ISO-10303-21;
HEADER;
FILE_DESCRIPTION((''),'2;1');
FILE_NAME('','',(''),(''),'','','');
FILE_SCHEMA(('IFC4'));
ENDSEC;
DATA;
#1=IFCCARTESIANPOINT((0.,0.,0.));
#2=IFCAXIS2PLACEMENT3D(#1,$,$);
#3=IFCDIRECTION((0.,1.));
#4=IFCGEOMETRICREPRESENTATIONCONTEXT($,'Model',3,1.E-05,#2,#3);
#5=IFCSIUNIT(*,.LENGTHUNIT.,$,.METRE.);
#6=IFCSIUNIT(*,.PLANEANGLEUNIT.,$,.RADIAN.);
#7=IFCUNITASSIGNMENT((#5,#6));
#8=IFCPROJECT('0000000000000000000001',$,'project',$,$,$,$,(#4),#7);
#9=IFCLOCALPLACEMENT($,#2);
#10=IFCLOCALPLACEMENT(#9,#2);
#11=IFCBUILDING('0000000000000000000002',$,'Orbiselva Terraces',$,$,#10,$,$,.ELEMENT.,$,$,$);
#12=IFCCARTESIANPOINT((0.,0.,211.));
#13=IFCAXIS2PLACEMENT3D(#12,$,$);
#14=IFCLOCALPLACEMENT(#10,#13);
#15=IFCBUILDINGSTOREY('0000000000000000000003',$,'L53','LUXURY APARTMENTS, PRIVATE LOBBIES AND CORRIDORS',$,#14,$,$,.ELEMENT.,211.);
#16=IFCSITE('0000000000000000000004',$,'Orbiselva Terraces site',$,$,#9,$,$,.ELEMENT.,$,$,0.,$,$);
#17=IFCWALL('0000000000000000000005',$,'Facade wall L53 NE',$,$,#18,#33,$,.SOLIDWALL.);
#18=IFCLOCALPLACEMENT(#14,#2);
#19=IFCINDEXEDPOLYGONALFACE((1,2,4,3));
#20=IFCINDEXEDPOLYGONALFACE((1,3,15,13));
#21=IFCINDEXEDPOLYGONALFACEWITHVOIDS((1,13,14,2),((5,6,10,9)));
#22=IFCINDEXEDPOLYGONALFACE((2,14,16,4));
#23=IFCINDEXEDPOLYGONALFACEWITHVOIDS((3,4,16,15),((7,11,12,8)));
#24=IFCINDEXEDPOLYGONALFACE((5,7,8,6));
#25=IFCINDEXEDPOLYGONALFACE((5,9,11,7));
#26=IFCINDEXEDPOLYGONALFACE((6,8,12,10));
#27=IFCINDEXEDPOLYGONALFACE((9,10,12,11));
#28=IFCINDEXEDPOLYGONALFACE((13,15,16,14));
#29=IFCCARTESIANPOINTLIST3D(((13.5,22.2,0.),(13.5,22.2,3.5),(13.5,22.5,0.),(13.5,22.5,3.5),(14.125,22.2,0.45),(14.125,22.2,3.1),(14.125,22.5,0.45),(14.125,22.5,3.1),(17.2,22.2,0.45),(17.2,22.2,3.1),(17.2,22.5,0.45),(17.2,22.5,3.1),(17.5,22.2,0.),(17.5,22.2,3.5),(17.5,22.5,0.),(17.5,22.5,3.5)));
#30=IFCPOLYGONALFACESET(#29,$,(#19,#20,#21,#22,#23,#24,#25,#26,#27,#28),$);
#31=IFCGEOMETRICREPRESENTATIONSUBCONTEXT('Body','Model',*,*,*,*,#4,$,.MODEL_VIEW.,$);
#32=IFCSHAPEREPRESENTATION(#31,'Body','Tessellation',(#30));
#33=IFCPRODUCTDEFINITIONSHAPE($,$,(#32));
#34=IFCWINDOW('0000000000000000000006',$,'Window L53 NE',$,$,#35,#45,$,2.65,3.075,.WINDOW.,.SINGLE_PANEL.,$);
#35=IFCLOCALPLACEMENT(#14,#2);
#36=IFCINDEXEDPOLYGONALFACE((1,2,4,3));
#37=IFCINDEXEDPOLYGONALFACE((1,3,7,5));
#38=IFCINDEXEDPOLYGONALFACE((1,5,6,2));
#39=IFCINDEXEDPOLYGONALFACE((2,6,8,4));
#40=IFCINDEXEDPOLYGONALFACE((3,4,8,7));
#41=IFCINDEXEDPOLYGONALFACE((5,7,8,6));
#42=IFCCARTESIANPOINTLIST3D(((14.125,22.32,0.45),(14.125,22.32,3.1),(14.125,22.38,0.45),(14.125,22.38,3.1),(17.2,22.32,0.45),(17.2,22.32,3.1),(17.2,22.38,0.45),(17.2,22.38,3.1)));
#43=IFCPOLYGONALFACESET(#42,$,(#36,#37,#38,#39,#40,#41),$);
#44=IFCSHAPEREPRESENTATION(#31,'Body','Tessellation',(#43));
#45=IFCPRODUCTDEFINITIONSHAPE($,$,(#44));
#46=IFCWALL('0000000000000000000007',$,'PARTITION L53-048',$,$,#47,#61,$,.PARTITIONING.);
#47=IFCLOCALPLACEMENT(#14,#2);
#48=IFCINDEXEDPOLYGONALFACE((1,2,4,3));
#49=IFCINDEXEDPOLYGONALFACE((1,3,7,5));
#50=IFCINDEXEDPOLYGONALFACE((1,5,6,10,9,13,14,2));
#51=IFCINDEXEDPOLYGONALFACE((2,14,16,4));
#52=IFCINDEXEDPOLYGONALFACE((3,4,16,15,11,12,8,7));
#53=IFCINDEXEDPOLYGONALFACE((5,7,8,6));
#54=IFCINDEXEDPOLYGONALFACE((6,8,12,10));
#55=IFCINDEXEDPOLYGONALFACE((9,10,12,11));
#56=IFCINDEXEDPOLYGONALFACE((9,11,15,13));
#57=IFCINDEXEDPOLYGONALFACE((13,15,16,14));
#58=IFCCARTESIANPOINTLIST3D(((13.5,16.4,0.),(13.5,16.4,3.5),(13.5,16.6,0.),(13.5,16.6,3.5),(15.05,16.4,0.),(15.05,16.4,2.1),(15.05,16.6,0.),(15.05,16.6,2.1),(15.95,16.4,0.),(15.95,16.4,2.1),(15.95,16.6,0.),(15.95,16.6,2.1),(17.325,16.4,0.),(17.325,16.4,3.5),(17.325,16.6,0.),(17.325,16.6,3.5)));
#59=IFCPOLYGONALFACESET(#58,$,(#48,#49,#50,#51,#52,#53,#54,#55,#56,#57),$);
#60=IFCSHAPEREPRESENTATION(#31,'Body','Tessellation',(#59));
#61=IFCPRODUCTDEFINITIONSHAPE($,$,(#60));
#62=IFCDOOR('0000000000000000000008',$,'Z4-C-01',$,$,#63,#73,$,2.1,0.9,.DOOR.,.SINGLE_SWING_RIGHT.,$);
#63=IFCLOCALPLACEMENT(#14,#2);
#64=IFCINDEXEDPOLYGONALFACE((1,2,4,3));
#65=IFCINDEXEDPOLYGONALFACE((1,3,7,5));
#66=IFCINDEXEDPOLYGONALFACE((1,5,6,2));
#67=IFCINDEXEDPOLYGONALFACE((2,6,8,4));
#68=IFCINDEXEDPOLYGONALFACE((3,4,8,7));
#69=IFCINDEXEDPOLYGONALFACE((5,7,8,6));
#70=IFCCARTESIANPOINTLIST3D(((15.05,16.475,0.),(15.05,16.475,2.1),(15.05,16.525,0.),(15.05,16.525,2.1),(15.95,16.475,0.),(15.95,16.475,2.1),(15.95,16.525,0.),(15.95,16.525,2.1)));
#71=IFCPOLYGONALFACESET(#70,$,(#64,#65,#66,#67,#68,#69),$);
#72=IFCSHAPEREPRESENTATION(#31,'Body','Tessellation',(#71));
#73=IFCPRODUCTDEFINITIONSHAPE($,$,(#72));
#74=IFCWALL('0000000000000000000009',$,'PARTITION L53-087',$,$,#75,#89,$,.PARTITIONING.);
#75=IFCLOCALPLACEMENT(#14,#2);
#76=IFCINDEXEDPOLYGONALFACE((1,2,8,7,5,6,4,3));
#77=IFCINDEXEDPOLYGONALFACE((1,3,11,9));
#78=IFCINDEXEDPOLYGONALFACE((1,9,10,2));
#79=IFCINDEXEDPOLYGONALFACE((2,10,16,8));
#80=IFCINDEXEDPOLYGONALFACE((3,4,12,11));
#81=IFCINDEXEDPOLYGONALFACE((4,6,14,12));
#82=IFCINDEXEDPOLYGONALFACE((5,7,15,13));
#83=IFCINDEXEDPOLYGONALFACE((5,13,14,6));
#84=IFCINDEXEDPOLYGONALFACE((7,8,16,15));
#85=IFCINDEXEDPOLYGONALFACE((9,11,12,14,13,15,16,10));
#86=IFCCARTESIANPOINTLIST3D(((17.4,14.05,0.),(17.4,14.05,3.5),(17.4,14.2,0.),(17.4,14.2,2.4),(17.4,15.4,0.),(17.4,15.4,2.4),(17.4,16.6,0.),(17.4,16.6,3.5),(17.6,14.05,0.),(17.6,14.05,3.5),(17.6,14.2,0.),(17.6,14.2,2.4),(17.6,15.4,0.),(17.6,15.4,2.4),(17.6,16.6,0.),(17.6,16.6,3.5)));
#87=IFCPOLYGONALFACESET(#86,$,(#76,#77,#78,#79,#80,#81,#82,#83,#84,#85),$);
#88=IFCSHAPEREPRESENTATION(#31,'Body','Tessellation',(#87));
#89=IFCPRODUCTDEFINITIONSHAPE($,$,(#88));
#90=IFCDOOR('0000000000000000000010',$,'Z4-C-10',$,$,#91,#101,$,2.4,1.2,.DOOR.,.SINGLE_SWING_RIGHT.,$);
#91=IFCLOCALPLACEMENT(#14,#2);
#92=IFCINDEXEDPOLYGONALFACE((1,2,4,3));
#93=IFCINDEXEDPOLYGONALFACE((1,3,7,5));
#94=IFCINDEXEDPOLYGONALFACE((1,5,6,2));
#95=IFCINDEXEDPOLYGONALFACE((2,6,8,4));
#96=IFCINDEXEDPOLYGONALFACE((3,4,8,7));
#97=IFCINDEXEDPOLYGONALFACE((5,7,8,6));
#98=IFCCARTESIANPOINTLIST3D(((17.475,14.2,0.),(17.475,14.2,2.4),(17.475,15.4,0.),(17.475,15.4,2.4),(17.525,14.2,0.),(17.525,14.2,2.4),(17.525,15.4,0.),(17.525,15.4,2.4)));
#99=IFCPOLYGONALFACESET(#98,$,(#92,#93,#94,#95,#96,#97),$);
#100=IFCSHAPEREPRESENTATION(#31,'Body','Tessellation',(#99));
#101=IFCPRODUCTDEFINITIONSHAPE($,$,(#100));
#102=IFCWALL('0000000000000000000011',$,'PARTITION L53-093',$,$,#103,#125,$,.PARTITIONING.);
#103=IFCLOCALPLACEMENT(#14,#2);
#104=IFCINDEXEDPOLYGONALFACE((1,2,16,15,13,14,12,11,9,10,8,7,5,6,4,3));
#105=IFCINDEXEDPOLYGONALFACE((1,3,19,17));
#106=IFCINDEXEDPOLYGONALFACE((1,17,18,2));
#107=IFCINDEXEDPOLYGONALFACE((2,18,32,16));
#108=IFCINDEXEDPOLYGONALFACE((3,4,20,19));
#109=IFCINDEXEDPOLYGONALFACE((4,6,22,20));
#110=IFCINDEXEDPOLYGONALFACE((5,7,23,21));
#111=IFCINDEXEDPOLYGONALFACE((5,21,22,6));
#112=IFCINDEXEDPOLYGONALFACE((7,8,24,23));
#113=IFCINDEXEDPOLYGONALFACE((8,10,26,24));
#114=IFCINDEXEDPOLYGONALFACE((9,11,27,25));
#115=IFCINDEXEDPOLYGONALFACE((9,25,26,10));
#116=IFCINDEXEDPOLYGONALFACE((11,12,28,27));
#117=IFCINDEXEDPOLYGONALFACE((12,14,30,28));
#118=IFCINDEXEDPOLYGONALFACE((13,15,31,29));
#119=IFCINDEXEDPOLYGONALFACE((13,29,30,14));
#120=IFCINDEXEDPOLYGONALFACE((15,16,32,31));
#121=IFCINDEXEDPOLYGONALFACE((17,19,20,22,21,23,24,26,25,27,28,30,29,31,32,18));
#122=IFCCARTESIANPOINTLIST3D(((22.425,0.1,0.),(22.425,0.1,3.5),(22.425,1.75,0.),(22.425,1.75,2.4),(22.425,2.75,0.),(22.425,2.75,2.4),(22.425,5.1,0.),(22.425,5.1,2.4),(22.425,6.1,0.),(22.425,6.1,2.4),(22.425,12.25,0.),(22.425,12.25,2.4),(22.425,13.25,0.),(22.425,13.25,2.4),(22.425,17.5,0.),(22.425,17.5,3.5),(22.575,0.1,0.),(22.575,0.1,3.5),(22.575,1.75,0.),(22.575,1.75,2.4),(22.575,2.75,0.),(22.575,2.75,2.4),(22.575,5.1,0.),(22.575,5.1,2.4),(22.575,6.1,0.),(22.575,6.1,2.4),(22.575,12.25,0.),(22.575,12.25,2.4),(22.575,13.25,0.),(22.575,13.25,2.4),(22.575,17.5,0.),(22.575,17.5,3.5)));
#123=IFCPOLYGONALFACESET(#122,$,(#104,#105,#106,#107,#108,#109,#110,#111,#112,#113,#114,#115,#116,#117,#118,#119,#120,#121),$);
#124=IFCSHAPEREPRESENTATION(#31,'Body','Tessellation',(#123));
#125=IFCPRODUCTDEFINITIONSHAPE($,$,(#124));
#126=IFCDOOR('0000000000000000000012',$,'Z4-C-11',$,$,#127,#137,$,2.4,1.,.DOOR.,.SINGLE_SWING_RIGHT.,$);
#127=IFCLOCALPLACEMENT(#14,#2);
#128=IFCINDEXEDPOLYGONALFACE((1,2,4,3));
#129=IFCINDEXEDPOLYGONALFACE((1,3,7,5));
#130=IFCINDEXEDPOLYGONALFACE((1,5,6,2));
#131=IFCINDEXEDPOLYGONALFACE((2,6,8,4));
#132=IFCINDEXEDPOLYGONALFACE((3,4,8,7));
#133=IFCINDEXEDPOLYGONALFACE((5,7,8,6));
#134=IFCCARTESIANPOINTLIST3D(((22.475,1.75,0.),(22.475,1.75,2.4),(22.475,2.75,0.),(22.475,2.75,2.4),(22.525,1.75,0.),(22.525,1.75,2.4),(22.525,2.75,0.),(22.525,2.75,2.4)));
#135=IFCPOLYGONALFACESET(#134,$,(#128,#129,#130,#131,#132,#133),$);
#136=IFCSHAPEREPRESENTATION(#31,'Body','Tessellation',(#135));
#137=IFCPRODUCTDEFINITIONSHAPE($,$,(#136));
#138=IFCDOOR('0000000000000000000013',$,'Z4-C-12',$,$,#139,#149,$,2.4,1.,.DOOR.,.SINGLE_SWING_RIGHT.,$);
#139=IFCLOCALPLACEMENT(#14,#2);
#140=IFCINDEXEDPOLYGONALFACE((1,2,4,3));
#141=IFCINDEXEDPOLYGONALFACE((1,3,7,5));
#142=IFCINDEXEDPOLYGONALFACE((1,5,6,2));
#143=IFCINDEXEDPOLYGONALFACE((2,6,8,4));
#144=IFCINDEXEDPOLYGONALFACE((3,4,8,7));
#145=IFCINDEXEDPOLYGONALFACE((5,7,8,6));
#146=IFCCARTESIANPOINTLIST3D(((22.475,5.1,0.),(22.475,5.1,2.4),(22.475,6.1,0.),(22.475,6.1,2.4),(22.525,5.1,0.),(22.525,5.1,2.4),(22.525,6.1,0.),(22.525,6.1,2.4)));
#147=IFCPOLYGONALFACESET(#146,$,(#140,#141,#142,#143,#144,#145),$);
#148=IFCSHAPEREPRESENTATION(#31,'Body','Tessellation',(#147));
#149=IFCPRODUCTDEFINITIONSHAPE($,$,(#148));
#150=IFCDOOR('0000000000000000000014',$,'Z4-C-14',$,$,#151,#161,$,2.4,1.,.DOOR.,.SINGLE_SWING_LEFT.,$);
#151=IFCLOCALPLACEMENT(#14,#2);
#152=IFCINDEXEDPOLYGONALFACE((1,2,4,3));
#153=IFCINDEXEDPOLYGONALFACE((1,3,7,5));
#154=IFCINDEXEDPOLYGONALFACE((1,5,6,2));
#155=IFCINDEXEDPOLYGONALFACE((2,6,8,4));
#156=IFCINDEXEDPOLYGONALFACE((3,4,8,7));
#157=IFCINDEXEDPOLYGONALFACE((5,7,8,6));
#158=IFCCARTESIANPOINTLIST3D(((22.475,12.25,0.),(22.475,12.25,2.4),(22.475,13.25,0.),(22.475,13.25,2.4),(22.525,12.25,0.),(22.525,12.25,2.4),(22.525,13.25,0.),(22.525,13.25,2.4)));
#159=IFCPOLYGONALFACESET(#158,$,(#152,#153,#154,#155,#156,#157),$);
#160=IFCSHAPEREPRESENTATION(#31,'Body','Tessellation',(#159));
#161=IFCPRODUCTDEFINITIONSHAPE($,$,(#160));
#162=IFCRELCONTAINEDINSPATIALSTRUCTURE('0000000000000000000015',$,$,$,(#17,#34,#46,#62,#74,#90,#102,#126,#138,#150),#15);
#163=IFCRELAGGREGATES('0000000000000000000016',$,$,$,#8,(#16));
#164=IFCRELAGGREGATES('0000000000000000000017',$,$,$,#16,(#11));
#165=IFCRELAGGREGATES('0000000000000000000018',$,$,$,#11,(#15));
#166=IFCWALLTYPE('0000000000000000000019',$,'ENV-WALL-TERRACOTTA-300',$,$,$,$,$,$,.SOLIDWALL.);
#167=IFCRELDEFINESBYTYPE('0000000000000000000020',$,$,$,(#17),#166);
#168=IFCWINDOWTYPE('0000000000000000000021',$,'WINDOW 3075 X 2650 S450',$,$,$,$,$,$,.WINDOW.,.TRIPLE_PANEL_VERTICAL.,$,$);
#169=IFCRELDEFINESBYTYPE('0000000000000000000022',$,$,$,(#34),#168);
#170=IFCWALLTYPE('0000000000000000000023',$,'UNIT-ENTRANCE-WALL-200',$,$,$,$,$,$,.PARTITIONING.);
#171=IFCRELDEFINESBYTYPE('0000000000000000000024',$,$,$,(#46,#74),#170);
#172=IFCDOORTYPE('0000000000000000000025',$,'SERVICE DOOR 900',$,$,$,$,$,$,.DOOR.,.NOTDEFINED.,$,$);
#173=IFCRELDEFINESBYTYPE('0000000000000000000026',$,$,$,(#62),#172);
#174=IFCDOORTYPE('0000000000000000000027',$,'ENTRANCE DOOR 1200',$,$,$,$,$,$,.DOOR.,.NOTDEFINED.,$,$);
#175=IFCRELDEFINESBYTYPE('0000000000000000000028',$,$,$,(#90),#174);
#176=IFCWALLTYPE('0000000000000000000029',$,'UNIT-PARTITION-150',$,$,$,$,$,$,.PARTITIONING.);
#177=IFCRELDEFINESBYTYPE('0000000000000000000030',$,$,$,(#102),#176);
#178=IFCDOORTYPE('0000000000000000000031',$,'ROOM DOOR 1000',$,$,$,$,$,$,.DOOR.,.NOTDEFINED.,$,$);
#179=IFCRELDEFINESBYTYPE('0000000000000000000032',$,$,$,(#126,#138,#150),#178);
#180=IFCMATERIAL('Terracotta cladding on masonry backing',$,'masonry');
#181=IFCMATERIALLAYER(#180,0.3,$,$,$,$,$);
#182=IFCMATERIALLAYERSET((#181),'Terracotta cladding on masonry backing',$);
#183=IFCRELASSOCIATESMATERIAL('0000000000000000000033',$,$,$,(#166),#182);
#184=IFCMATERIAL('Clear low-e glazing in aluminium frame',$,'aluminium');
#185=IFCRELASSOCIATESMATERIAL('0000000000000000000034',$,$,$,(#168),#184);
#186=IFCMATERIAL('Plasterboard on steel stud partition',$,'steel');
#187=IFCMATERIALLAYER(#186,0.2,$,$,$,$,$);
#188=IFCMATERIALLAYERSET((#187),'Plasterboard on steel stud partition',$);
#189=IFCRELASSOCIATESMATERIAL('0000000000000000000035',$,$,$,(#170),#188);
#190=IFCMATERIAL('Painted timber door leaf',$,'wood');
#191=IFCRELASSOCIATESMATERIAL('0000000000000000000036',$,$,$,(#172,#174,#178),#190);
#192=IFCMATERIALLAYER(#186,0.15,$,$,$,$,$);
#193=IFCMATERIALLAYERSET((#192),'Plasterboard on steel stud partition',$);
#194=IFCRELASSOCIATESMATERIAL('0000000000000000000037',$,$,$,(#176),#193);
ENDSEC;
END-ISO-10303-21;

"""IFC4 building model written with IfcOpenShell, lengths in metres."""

from ifc_helpers import new_model, si_unit, direction, frame, frame_2d, origin, place, context, subcontext, project, spatial, rectangle, extrude, material, layer, layer_set, type_object, element, fill, save


model = new_model("IFC4")

# Units and contexts
model_context = context("Model", 3, precision=1e-05, world=origin(), true_north=direction((0.0, 1.0)))
body_context = subcontext(model_context, "Body", "Model", "MODEL_VIEW")
ifc_project = project(units=[si_unit("LENGTHUNIT", "METRE"), si_unit("PLANEANGLEUNIT", "RADIAN")], contexts=[model_context])

# Site, building, storey
site_placement = place(None, origin())
site = spatial("IfcSite", under=ifc_project, at=site_placement, Name="Orbiselva Terraces site", CompositionType="ELEMENT", RefElevation=0.0)
building_placement = place(site_placement, origin())
building = spatial("IfcBuilding", under=site, at=building_placement, Name="Orbiselva Terraces", CompositionType="ELEMENT")
storey_placement = place(building_placement, frame((0.0, 0.0, 211.0)))
storey = spatial("IfcBuildingStorey", under=building, at=storey_placement, Name="L53", Description="LUXURY APARTMENTS, PRIVATE LOBBIES AND CORRIDORS", CompositionType="ELEMENT", Elevation=211.0)

# Shared definitions
ifc_material_1 = material(Name="Terracotta cladding on masonry backing", Category="masonry")
ifc_layer_1 = layer(ifc_material_1, 0.3)
ifc_layer_set_1 = layer_set([ifc_layer_1], Name="Terracotta cladding on masonry backing")
wall_type_1 = type_object("IfcWallType", Name="ENV-WALL-TERRACOTTA-300", PredefinedType="SOLIDWALL", material=ifc_layer_set_1)
ifc_material_2 = material(Name="Clear low-e glazing in aluminium frame", Category="aluminium")

# Wall, opening, window
wall_1_placement = place(storey_placement, frame((13.5, 22.35, 0.0), z_axis=(0.0, 0.0, 1.0), x_axis=(1.0, 0.0, 0.0)))
wall_1 = element("IfcWall", 1, at=wall_1_placement, inside=storey, type_object=wall_type_1, Name="Facade wall L53 NE", PredefinedType="SOLIDWALL", context=body_context, shape_type="SweptSolid", body=[
    extrude(rectangle(XDim=4.0, YDim=0.3, at=frame_2d((2.0, 0.0))), origin(), (0.0, 0.0, 1.0), 3.5),
])
opening_1_placement = place(wall_1_placement, frame((0.625, 0.0, 0.45)))
opening_1 = element("IfcOpeningElement", 2, at=opening_1_placement, cuts=wall_1, PredefinedType="OPENING", context=body_context, shape_type="SweptSolid", body=[
    extrude(rectangle(XDim=3.075, YDim=2.65, at=frame_2d((1.5375, 1.325))), frame((0.0, 0.16, 0.0), z_axis=(0.0, -1.0, 0.0), x_axis=(1.0, 0.0, 0.0)), (0.0, 0.0, 1.0), 0.32),
])
window_type = type_object("IfcWindowType", Name="WINDOW 3075 X 2650 S450", PartitioningType="TRIPLE_PANEL_VERTICAL", PredefinedType="WINDOW", material=ifc_material_2)
window_placement = place(opening_1_placement, origin())
window = element("IfcWindow", 3, at=window_placement, inside=storey, type_object=window_type, Name="Window L53 NE", OverallHeight=2.65, OverallWidth=3.075, PartitioningType="SINGLE_PANEL", PredefinedType="WINDOW", context=body_context, shape_type="SweptSolid", body=[
    extrude(rectangle(XDim=3.075, YDim=2.65, at=frame_2d((1.5375, 1.325))), frame((0.0, 0.03, 0.0), z_axis=(0.0, -1.0, 0.0), x_axis=(1.0, 0.0, 0.0)), (0.0, 0.0, 1.0), 0.06),
])
fill(opening_1, window)

# Walls, openings, doors
ifc_material_3 = material(Name="Plasterboard on steel stud partition", Category="steel")
ifc_layer_2 = layer(ifc_material_3, 0.2)
ifc_layer_set_2 = layer_set([ifc_layer_2], Name="Plasterboard on steel stud partition")
wall_type_2 = type_object("IfcWallType", Name="UNIT-ENTRANCE-WALL-200", PredefinedType="PARTITIONING", material=ifc_layer_set_2)
wall_2_placement = place(storey_placement, frame((13.5, 16.5, 0.0), z_axis=(0.0, 0.0, 1.0), x_axis=(1.0, 0.0, 0.0)))
wall_2 = element("IfcWall", 4, at=wall_2_placement, inside=storey, type_object=wall_type_2, Name="PARTITION L53-048", PredefinedType="PARTITIONING", context=body_context, shape_type="SweptSolid", body=[
    extrude(rectangle(XDim=3.825, YDim=0.2, at=frame_2d((1.9125, 0.0))), origin(), (0.0, 0.0, 1.0), 3.5),
])
opening_2_placement = place(wall_2_placement, frame((1.55, 0.0, 0.0)))
opening_2 = element("IfcOpeningElement", 5, at=opening_2_placement, cuts=wall_2, PredefinedType="OPENING", context=body_context, shape_type="SweptSolid", body=[
    extrude(rectangle(XDim=0.9, YDim=2.1, at=frame_2d((0.45, 1.05))), frame((0.0, 0.11, 0.0), z_axis=(0.0, -1.0, 0.0), x_axis=(1.0, 0.0, 0.0)), (0.0, 0.0, 1.0), 0.22),
])
ifc_material_4 = material(Name="Painted timber door leaf", Category="wood")
door_type_1 = type_object("IfcDoorType", Name="SERVICE DOOR 900", OperationType="NOTDEFINED", PredefinedType="DOOR", material=ifc_material_4)
door_1_placement = place(opening_2_placement, origin())
door_1 = element("IfcDoor", 6, at=door_1_placement, inside=storey, type_object=door_type_1, Name="Z4-C-01", OperationType="SINGLE_SWING_RIGHT", OverallHeight=2.1, OverallWidth=0.9, PredefinedType="DOOR", context=body_context, shape_type="SweptSolid", body=[
    extrude(rectangle(XDim=0.9, YDim=2.1, at=frame_2d((0.45, 1.05))), frame((0.0, 0.025, 0.0), z_axis=(0.0, -1.0, 0.0), x_axis=(1.0, 0.0, 0.0)), (0.0, 0.0, 1.0), 0.05),
])
fill(opening_2, door_1)
wall_3_placement = place(storey_placement, frame((17.5, 16.6, 0.0), z_axis=(0.0, 0.0, 1.0), x_axis=(0.0, -1.0, 0.0)))
wall_3 = element("IfcWall", 7, at=wall_3_placement, inside=storey, type_object=wall_type_2, Name="PARTITION L53-087", PredefinedType="PARTITIONING", context=body_context, shape_type="SweptSolid", body=[
    extrude(rectangle(XDim=2.55, YDim=0.2, at=frame_2d((1.275, 0.0))), origin(), (0.0, 0.0, 1.0), 3.5),
])
opening_3_placement = place(wall_3_placement, frame((1.2, 0.0, 0.0)))
opening_3 = element("IfcOpeningElement", 8, at=opening_3_placement, cuts=wall_3, PredefinedType="OPENING", context=body_context, shape_type="SweptSolid", body=[
    extrude(rectangle(XDim=1.2, YDim=2.4, at=frame_2d((0.6, 1.2))), frame((0.0, 0.11, 0.0), z_axis=(0.0, -1.0, 0.0), x_axis=(1.0, 0.0, 0.0)), (0.0, 0.0, 1.0), 0.22),
])
door_type_2 = type_object("IfcDoorType", Name="ENTRANCE DOOR 1200", OperationType="NOTDEFINED", PredefinedType="DOOR", material=ifc_material_4)
door_2_placement = place(opening_3_placement, origin())
door_2 = element("IfcDoor", 9, at=door_2_placement, inside=storey, type_object=door_type_2, Name="Z4-C-10", OperationType="SINGLE_SWING_RIGHT", OverallHeight=2.4, OverallWidth=1.2, PredefinedType="DOOR", context=body_context, shape_type="SweptSolid", body=[
    extrude(rectangle(XDim=1.2, YDim=2.4, at=frame_2d((0.6, 1.2))), frame((0.0, 0.025, 0.0), z_axis=(0.0, -1.0, 0.0), x_axis=(1.0, 0.0, 0.0)), (0.0, 0.0, 1.0), 0.05),
])
fill(opening_3, door_2)

# Wall, openings, doors
ifc_layer_3 = layer(ifc_material_3, 0.15)
ifc_layer_set_3 = layer_set([ifc_layer_3], Name="Plasterboard on steel stud partition")
wall_type_3 = type_object("IfcWallType", Name="UNIT-PARTITION-150", PredefinedType="PARTITIONING", material=ifc_layer_set_3)
wall_4_placement = place(storey_placement, frame((22.5, 17.5, 0.0), z_axis=(0.0, 0.0, 1.0), x_axis=(0.0, -1.0, 0.0)))
wall_4 = element("IfcWall", 10, at=wall_4_placement, inside=storey, type_object=wall_type_3, Name="PARTITION L53-093", PredefinedType="PARTITIONING", context=body_context, shape_type="SweptSolid", body=[
    extrude(rectangle(XDim=17.4, YDim=0.15, at=frame_2d((8.7, 0.0))), origin(), (0.0, 0.0, 1.0), 3.5),
])
opening_4_placement = place(wall_4_placement, frame((14.75, 0.0, 0.0)))
opening_4 = element("IfcOpeningElement", 11, at=opening_4_placement, cuts=wall_4, PredefinedType="OPENING", context=body_context, shape_type="SweptSolid", body=[
    extrude(rectangle(XDim=1.0, YDim=2.4, at=frame_2d((0.5, 1.2))), frame((0.0, 0.085, 0.0), z_axis=(0.0, -1.0, 0.0), x_axis=(1.0, 0.0, 0.0)), (0.0, 0.0, 1.0), 0.17),
])
opening_5_placement = place(wall_4_placement, frame((11.4, 0.0, 0.0)))
opening_5 = element("IfcOpeningElement", 12, at=opening_5_placement, cuts=wall_4, PredefinedType="OPENING", context=body_context, shape_type="SweptSolid", body=[
    extrude(rectangle(XDim=1.0, YDim=2.4, at=frame_2d((0.5, 1.2))), frame((0.0, 0.085, 0.0), z_axis=(0.0, -1.0, 0.0), x_axis=(1.0, 0.0, 0.0)), (0.0, 0.0, 1.0), 0.17),
])
opening_6_placement = place(wall_4_placement, frame((4.25, 0.0, 0.0)))
opening_6 = element("IfcOpeningElement", 13, at=opening_6_placement, cuts=wall_4, PredefinedType="OPENING", context=body_context, shape_type="SweptSolid", body=[
    extrude(rectangle(XDim=1.0, YDim=2.4, at=frame_2d((0.5, 1.2))), frame((0.0, 0.085, 0.0), z_axis=(0.0, -1.0, 0.0), x_axis=(1.0, 0.0, 0.0)), (0.0, 0.0, 1.0), 0.17),
])
door_type_3 = type_object("IfcDoorType", Name="ROOM DOOR 1000", OperationType="NOTDEFINED", PredefinedType="DOOR", material=ifc_material_4)
door_3_placement = place(opening_4_placement, origin())
door_3 = element("IfcDoor", 14, at=door_3_placement, inside=storey, type_object=door_type_3, Name="Z4-C-11", OperationType="SINGLE_SWING_RIGHT", OverallHeight=2.4, OverallWidth=1.0, PredefinedType="DOOR", context=body_context, shape_type="SweptSolid", body=[
    extrude(rectangle(XDim=1.0, YDim=2.4, at=frame_2d((0.5, 1.2))), frame((0.0, 0.025, 0.0), z_axis=(0.0, -1.0, 0.0), x_axis=(1.0, 0.0, 0.0)), (0.0, 0.0, 1.0), 0.05),
])
fill(opening_4, door_3)
door_4_placement = place(opening_5_placement, origin())
door_4 = element("IfcDoor", 15, at=door_4_placement, inside=storey, type_object=door_type_3, Name="Z4-C-12", OperationType="SINGLE_SWING_RIGHT", OverallHeight=2.4, OverallWidth=1.0, PredefinedType="DOOR", context=body_context, shape_type="SweptSolid", body=[
    extrude(rectangle(XDim=1.0, YDim=2.4, at=frame_2d((0.5, 1.2))), frame((0.0, 0.025, 0.0), z_axis=(0.0, -1.0, 0.0), x_axis=(1.0, 0.0, 0.0)), (0.0, 0.0, 1.0), 0.05),
])
fill(opening_5, door_4)
door_5_placement = place(opening_6_placement, origin())
door_5 = element("IfcDoor", 16, at=door_5_placement, inside=storey, type_object=door_type_3, Name="Z4-C-14", OperationType="SINGLE_SWING_LEFT", OverallHeight=2.4, OverallWidth=1.0, PredefinedType="DOOR", context=body_context, shape_type="SweptSolid", body=[
    extrude(rectangle(XDim=1.0, YDim=2.4, at=frame_2d((0.5, 1.2))), frame((0.0, 0.025, 0.0), z_axis=(0.0, -1.0, 0.0), x_axis=(1.0, 0.0, 0.0)), (0.0, 0.0, 1.0), 0.05),
])
fill(opening_6, door_5)

save(model, "model.ifc")
